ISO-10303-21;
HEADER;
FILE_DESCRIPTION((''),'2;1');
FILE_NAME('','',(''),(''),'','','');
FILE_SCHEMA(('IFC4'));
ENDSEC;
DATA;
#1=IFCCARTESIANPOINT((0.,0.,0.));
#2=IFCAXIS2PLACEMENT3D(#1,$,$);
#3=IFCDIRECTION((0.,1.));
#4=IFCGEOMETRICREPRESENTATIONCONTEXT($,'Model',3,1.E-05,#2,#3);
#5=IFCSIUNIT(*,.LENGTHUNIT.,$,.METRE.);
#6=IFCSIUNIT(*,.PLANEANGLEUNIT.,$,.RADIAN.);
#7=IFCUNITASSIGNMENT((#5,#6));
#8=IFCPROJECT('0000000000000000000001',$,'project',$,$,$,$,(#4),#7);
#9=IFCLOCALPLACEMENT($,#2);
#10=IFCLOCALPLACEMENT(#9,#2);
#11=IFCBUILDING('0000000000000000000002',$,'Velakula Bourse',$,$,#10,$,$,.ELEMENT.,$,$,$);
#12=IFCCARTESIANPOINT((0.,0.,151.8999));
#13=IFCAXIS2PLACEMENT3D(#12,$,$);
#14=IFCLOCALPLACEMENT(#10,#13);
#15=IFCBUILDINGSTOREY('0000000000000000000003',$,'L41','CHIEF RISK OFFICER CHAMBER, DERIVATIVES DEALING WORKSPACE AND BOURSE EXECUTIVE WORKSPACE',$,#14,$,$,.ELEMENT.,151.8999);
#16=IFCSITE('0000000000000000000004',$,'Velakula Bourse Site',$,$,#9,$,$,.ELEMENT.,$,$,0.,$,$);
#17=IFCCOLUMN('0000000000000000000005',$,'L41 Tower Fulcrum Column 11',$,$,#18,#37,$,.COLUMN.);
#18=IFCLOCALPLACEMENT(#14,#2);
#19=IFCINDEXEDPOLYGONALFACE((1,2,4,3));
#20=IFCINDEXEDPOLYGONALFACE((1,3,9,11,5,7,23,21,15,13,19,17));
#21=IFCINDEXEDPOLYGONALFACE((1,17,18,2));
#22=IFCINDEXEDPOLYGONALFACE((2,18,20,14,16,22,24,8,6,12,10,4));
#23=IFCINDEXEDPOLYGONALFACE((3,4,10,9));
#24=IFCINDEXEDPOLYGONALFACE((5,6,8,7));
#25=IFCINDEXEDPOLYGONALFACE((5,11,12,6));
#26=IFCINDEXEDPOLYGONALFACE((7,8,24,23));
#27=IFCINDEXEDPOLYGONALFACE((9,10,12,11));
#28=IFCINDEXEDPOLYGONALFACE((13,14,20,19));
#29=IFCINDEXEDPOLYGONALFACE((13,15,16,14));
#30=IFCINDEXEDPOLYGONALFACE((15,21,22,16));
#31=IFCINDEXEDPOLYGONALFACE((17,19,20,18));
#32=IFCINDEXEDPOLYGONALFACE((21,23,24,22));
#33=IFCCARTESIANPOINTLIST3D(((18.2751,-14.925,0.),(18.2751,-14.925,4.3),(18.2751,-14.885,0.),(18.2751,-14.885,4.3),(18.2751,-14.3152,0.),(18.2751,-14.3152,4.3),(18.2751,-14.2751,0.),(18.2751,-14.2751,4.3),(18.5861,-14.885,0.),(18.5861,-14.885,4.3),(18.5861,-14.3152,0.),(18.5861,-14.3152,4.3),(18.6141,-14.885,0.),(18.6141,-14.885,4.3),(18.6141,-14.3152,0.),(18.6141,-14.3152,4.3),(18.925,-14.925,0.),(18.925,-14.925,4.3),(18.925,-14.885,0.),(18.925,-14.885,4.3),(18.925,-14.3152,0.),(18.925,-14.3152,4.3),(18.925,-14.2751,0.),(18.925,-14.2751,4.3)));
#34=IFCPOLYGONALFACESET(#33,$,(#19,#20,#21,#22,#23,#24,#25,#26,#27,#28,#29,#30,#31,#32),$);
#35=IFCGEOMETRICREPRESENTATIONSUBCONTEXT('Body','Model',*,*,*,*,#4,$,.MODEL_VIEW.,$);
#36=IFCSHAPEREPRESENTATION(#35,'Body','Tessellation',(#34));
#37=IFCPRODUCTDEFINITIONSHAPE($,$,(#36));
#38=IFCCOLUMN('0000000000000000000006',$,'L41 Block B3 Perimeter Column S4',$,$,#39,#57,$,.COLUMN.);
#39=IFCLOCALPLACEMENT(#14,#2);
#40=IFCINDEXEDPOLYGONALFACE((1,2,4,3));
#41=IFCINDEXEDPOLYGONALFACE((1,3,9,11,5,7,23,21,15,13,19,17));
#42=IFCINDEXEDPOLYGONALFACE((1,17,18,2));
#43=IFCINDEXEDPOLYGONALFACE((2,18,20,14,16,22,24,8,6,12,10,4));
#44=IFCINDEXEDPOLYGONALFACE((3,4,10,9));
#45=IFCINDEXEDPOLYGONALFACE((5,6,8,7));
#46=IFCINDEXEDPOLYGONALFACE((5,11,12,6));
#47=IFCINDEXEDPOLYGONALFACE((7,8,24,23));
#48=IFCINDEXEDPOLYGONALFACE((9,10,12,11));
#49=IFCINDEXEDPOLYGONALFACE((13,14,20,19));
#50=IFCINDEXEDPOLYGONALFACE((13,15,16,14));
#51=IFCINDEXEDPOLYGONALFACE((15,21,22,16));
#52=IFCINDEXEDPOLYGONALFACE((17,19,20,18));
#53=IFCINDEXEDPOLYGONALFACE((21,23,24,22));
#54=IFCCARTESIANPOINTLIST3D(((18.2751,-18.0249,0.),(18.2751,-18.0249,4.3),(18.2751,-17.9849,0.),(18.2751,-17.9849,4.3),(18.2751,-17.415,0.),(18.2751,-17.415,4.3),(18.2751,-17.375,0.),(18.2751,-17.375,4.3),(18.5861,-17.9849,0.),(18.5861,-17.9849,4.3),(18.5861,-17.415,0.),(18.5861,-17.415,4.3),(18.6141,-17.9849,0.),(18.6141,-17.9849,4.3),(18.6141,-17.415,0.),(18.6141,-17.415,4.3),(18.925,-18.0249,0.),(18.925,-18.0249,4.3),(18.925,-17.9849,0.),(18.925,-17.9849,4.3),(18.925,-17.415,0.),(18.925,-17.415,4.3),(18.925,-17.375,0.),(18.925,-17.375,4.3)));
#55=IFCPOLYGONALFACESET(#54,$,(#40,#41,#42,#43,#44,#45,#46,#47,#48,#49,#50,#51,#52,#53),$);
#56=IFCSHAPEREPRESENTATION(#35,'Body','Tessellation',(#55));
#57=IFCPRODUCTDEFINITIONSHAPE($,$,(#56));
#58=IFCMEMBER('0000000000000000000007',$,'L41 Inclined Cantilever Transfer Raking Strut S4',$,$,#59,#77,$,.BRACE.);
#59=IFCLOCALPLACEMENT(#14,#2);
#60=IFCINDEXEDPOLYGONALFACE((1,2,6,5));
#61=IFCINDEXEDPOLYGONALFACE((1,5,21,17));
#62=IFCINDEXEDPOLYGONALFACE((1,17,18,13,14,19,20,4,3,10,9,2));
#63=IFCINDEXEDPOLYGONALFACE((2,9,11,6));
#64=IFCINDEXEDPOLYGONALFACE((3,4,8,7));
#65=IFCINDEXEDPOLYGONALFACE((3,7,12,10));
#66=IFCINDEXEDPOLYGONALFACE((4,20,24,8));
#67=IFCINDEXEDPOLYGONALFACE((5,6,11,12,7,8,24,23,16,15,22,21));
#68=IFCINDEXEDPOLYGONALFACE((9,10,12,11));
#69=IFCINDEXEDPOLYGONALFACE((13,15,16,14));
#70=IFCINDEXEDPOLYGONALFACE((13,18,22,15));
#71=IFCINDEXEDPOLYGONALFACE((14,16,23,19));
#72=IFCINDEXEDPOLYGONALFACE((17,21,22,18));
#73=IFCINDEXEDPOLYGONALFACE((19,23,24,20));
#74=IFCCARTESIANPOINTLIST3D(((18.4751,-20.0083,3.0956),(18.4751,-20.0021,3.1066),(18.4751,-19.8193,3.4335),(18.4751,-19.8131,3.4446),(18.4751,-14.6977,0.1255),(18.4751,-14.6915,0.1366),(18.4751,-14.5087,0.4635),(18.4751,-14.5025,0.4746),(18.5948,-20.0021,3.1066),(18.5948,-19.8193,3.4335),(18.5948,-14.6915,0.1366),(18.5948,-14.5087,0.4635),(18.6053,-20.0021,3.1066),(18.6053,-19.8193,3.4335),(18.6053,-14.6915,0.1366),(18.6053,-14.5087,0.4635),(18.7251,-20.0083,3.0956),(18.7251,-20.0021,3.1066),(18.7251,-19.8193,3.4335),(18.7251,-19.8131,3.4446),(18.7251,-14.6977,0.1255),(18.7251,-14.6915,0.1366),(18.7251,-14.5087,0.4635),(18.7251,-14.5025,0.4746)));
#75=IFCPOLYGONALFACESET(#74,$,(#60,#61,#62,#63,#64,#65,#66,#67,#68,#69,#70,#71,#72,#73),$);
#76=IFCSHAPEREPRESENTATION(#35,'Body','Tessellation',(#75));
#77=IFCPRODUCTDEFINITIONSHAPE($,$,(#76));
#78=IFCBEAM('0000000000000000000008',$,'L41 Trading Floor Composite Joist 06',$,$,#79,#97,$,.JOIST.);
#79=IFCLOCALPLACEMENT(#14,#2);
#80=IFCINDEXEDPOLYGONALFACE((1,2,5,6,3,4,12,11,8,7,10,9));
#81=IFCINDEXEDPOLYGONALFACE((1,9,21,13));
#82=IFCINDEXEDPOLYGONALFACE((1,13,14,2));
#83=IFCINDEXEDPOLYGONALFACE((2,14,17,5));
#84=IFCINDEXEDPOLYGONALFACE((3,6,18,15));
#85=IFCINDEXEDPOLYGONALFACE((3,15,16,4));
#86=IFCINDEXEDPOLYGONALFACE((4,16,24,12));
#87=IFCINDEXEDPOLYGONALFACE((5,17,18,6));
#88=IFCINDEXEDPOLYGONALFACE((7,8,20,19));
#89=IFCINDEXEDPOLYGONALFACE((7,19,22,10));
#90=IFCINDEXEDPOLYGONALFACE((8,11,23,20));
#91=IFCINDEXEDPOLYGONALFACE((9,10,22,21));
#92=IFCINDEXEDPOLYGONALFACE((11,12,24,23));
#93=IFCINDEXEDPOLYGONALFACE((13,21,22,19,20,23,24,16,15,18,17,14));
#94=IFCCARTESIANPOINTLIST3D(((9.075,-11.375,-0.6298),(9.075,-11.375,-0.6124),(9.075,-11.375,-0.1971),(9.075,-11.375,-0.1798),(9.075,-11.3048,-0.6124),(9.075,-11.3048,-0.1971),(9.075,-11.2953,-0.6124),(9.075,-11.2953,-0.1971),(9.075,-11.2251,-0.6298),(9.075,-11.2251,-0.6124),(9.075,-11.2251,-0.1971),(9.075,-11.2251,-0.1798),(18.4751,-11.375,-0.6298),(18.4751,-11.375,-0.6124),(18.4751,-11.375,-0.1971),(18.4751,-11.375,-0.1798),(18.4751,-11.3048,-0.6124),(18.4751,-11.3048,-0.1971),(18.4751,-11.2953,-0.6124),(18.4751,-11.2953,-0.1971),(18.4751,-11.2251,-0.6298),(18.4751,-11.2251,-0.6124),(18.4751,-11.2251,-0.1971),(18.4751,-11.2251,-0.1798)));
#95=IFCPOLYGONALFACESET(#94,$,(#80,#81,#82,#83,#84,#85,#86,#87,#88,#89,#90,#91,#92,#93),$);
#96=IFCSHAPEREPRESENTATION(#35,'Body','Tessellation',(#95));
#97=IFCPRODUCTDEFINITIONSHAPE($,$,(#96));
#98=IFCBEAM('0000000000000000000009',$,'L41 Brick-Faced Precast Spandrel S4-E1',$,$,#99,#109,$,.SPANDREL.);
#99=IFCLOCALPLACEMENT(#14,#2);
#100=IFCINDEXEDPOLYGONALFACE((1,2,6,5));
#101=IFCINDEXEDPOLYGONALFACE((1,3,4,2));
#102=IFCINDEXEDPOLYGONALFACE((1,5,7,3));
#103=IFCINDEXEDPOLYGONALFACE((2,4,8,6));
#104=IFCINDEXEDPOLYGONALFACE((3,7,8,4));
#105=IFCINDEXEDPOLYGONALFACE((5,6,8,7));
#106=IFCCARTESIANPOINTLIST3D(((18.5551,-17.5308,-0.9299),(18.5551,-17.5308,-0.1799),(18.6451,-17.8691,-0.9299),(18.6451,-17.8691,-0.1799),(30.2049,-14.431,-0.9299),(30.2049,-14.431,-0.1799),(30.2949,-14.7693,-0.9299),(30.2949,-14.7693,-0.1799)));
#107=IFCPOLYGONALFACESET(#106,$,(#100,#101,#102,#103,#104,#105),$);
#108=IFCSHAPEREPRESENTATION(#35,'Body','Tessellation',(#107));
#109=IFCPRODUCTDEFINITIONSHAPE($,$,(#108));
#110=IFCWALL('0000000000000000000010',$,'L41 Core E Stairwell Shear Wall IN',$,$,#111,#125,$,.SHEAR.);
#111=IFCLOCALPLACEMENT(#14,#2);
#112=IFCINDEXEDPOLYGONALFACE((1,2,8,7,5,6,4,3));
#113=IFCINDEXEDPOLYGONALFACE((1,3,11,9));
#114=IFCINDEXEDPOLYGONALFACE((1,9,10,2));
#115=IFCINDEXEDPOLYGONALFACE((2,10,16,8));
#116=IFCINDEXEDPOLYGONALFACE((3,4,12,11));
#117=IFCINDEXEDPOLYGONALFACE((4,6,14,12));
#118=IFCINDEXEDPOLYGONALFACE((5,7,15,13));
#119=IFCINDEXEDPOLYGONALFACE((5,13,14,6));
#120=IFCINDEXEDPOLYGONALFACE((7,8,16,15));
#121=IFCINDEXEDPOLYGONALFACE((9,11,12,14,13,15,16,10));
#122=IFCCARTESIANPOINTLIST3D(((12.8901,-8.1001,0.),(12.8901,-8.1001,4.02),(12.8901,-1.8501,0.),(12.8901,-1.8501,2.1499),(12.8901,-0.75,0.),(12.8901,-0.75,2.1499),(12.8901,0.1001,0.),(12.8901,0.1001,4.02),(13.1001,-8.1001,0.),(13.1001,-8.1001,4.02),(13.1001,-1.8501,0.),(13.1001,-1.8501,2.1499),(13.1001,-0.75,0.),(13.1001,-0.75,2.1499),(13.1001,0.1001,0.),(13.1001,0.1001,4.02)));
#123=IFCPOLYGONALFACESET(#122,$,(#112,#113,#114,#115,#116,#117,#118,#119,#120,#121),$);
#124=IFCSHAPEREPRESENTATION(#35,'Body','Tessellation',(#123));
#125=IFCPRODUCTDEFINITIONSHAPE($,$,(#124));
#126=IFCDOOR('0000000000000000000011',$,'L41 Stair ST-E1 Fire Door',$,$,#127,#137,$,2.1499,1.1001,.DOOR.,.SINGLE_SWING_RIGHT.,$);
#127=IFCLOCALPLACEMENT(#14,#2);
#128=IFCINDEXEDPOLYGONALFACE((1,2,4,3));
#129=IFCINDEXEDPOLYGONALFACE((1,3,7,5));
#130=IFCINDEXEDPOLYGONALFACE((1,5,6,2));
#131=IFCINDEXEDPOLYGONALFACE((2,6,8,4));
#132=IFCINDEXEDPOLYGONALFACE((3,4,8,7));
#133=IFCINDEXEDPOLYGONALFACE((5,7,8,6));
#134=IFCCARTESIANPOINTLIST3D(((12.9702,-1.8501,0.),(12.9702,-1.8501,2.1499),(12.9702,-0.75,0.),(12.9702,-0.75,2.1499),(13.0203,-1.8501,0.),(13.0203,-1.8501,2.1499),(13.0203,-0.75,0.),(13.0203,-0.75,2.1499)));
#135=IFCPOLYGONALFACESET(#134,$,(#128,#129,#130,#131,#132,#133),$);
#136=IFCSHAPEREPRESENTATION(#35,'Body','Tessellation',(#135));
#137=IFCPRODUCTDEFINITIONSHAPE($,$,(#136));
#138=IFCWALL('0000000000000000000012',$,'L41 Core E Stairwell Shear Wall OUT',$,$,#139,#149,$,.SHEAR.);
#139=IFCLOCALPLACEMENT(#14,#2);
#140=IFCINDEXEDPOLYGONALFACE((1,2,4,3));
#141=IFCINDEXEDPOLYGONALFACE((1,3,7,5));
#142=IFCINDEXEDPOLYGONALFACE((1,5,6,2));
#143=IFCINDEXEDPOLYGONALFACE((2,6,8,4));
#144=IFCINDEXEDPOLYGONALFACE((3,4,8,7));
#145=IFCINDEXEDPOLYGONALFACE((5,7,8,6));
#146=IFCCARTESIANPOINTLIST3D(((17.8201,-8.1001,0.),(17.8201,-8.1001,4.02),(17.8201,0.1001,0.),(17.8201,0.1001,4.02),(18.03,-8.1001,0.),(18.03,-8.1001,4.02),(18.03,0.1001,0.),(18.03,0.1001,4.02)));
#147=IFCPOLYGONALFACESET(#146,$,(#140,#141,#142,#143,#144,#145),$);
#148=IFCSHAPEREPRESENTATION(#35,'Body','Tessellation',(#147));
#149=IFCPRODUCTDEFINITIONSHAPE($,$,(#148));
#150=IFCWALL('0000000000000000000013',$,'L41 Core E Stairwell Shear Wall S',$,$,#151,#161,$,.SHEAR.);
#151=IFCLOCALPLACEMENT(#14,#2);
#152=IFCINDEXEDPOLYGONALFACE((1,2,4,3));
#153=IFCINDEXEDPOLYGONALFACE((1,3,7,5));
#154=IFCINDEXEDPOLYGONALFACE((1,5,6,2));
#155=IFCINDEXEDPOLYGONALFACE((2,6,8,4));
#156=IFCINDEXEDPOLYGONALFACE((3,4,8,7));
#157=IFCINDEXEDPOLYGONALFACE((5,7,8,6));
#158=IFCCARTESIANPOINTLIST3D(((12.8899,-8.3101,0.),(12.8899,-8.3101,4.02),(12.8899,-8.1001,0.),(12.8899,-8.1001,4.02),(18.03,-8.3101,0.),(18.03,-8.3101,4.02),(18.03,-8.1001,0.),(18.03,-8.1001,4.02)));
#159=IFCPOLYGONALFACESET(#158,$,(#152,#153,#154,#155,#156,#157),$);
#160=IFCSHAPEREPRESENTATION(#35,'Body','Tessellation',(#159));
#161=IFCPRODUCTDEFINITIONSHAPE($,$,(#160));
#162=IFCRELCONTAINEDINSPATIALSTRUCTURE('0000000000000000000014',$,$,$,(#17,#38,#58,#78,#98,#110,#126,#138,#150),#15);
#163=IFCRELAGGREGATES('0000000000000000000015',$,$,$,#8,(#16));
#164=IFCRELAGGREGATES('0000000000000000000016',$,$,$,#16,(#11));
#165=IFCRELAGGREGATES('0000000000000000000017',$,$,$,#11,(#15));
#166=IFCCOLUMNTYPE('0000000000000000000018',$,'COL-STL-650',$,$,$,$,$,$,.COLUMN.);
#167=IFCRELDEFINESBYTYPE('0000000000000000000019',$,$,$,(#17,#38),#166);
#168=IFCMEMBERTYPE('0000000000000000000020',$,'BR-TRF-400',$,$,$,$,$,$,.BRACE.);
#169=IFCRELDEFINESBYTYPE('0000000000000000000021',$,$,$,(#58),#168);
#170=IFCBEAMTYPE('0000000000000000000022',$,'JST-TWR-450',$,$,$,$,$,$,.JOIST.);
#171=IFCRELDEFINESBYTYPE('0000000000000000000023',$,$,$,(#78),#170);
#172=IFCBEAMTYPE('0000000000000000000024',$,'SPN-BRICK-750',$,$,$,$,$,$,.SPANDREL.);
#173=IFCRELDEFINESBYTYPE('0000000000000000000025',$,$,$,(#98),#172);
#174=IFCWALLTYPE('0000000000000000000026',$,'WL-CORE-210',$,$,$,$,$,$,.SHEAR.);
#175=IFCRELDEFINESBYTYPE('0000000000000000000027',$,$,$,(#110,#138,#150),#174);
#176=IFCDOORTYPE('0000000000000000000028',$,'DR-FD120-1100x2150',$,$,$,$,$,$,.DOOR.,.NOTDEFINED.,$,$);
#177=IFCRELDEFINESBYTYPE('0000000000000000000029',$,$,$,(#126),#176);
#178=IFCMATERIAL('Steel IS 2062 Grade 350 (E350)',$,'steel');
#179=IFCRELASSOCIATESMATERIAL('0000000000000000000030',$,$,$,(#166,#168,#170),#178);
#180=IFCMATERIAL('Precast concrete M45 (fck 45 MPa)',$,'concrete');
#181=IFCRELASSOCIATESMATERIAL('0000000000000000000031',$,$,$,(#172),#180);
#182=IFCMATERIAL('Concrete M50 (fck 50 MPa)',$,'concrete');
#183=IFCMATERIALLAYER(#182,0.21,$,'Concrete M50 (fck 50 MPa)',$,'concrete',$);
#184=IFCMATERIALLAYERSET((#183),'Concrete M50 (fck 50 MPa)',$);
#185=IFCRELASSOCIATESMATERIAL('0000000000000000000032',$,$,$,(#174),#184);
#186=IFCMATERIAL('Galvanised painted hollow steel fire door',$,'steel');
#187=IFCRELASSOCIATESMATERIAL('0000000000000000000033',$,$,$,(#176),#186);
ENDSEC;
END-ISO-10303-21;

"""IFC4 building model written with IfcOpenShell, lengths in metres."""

from ifc_helpers import new_model, si_unit, direction, frame, frame_2d, origin, origin_2d, place, context, subcontext, project, spatial, rectangle, i_section, extrude, material, layer, layer_set, material_profile, profile_set, type_object, element, fill, save


model = new_model("IFC4")

# Units and contexts
model_context = context("Model", 3, precision=1e-05, world=origin(), true_north=direction((0.0, 1.0)))
body_context = subcontext(model_context, "Body", "Model", "MODEL_VIEW")
ifc_project = project(units=[si_unit("LENGTHUNIT", "METRE"), si_unit("PLANEANGLEUNIT", "RADIAN")], contexts=[model_context])

# Site, building, storey
site_placement = place(None, origin())
site = spatial("IfcSite", under=ifc_project, at=site_placement, Name="Velakula Bourse Site", CompositionType="ELEMENT", RefElevation=0.0)
building_placement = place(site_placement, origin())
building = spatial("IfcBuilding", under=site, at=building_placement, Name="Velakula Bourse", CompositionType="ELEMENT")
storey_placement = place(building_placement, frame((0.0, 0.0, 151.8999)))
storey = spatial("IfcBuildingStorey", under=building, at=storey_placement, Name="L41", Description="CHIEF RISK OFFICER CHAMBER, DERIVATIVES DEALING WORKSPACE AND BOURSE EXECUTIVE WORKSPACE", CompositionType="ELEMENT", Elevation=151.8999)

# Columns
ifc_material_1 = material(Name="Steel IS 2062 Grade 350 (E350)", Category="steel")
ifc_material_profile_1 = material_profile(ifc_material_1, i_section(OverallWidth=0.6499, OverallDepth=0.6499, WebThickness=0.0281, FlangeThickness=0.04, at=origin_2d()), Name="Steel IS 2062 Grade 350 (E350)")
ifc_profile_set_1 = profile_set([ifc_material_profile_1], Name="Steel IS 2062 Grade 350 (E350)")
column_type = type_object("IfcColumnType", Name="COL-STL-650", PredefinedType="COLUMN", material=ifc_profile_set_1)
for number, where, z_axis, x_axis, name in (
    (1, (18.6001, -14.6001, 0.0), (0.0, 0.0, 1.0), (1.0, 0.0, 0.0), "L41 Tower Fulcrum Column 11"),
    (2, (18.6001, -17.7, 0.0), (0.0, 0.0, 1.0), (1.0, 0.0, 0.0), "L41 Block B3 Perimeter Column S4"),
):
    element("IfcColumn", number, at=place(storey_placement, frame(where, z_axis=z_axis, x_axis=x_axis)), inside=storey, type_object=column_type, Name=name, PredefinedType="COLUMN", context=body_context, shape_type="SweptSolid", body=[
        extrude(i_section(OverallWidth=0.6499, OverallDepth=0.6499, WebThickness=0.0281, FlangeThickness=0.04, at=origin_2d()), origin(), (0.0, 0.0, 1.0), 4.3),
    ])

# Member
ifc_material_profile_2 = material_profile(ifc_material_1, i_section(OverallWidth=0.25, OverallDepth=0.3999, WebThickness=0.0105, FlangeThickness=0.0127, at=origin_2d()), Name="Steel IS 2062 Grade 350 (E350)")
ifc_profile_set_2 = profile_set([ifc_material_profile_2], Name="Steel IS 2062 Grade 350 (E350)")
member_type = type_object("IfcMemberType", Name="BR-TRF-400", PredefinedType="BRACE", material=ifc_profile_set_2)
member_placement = place(storey_placement, frame((18.6001, -14.6001, 0.3), z_axis=(0.0, -0.872782, 0.488111), x_axis=(1.0, 0.0, 0.0)))
element("IfcMember", 3, at=member_placement, inside=storey, type_object=member_type, Name="L41 Inclined Cantilever Transfer Raking Strut S4", PredefinedType="BRACE", context=body_context, shape_type="SweptSolid", body=[
    extrude(i_section(OverallWidth=0.25, OverallDepth=0.3999, WebThickness=0.0105, FlangeThickness=0.0127, at=origin_2d()), origin(), (0.0, 0.0, 1.0), 6.0847),
])

# Beams
ifc_material_profile_3 = material_profile(ifc_material_1, i_section(OverallWidth=0.1499, OverallDepth=0.45, WebThickness=0.0095, FlangeThickness=0.0173, at=origin_2d()), Name="Steel IS 2062 Grade 350 (E350)")
ifc_profile_set_3 = profile_set([ifc_material_profile_3], Name="Steel IS 2062 Grade 350 (E350)")
beam_type_1 = type_object("IfcBeamType", Name="JST-TWR-450", PredefinedType="JOIST", material=ifc_profile_set_3)
beam_1_placement = place(storey_placement, frame((9.075, -11.3, -0.4048), z_axis=(1.0, 0.0, 0.0), x_axis=(0.0, 1.0, 0.0)))
element("IfcBeam", 4, at=beam_1_placement, inside=storey, type_object=beam_type_1, Name="L41 Trading Floor Composite Joist 06", PredefinedType="JOIST", context=body_context, shape_type="SweptSolid", body=[
    extrude(i_section(OverallWidth=0.1499, OverallDepth=0.45, WebThickness=0.0095, FlangeThickness=0.0173, at=origin_2d()), origin(), (0.0, 0.0, 1.0), 9.4001),
])
ifc_material_2 = material(Name="Precast concrete M45 (fck 45 MPa)", Category="concrete")
ifc_material_profile_4 = material_profile(ifc_material_2, rectangle(XDim=0.3501, YDim=0.75, at=origin_2d()), Name="Precast concrete M45 (fck 45 MPa)")
ifc_profile_set_4 = profile_set([ifc_material_profile_4], Name="Precast concrete M45 (fck 45 MPa)")
beam_type_2 = type_object("IfcBeamType", Name="SPN-BRICK-750", PredefinedType="SPANDREL", material=ifc_profile_set_4)
beam_2_placement = place(storey_placement, frame((18.6001, -17.7, -0.5549), z_axis=(0.966375, 0.257137, 0.0), x_axis=(-0.257137, 0.966375, 0.0)))
element("IfcBeam", 5, at=beam_2_placement, inside=storey, type_object=beam_type_2, Name="L41 Brick-Faced Precast Spandrel S4-E1", PredefinedType="SPANDREL", context=body_context, shape_type="SweptSolid", body=[
    extrude(rectangle(XDim=0.3501, YDim=0.75, at=origin_2d()), origin(), (0.0, 0.0, 1.0), 12.0552),
])

# Wall, opening, door
ifc_material_3 = material(Name="Concrete M50 (fck 50 MPa)", Category="concrete")
ifc_layer_1 = layer(ifc_material_3, 0.21, Name="Concrete M50 (fck 50 MPa)", Category="concrete")
ifc_layer_set_1 = layer_set([ifc_layer_1], Name="Concrete M50 (fck 50 MPa)")
wall_type_1 = type_object("IfcWallType", Name="WL-CORE-210", PredefinedType="SHEAR", material=ifc_layer_set_1)
wall_1_placement = place(storey_placement, frame((12.9951, -8.1001, 0.0), z_axis=(0.0, 0.0, 1.0), x_axis=(0.0, 1.0, 0.0)))
wall_1 = element("IfcWall", 6, at=wall_1_placement, inside=storey, type_object=wall_type_1, Name="L41 Core E Stairwell Shear Wall IN", PredefinedType="SHEAR", context=body_context, shape_type="SweptSolid", body=[
    extrude(rectangle(XDim=8.2002, YDim=0.21, at=frame_2d((4.1001, 0.0))), origin(), (0.0, 0.0, 1.0), 4.02),
])
opening_1_placement = place(wall_1_placement, frame((6.25, 0.0, 0.0)))
opening_1 = element("IfcOpeningElement", 7, at=opening_1_placement, cuts=wall_1, PredefinedType="OPENING", context=body_context, shape_type="SweptSolid", body=[
    extrude(rectangle(XDim=1.1001, YDim=2.1499, at=frame_2d((0.55, 1.075))), frame((0.0, 0.115, 0.0), z_axis=(0.0, -1.0, 0.0), x_axis=(1.0, 0.0, 0.0)), (0.0, 0.0, 1.0), 0.23),
])
ifc_material_4 = material(Name="Galvanised painted hollow steel fire door", Category="steel")
door_type_1 = type_object("IfcDoorType", Name="DR-FD120-1100x2150", OperationType="NOTDEFINED", PredefinedType="DOOR", material=ifc_material_4)
door_1_placement = place(opening_1_placement, origin())
door_1 = element("IfcDoor", 8, at=door_1_placement, inside=storey, type_object=door_type_1, Name="L41 Stair ST-E1 Fire Door", OperationType="SINGLE_SWING_RIGHT", OverallHeight=2.1499, OverallWidth=1.1001, PredefinedType="DOOR", context=body_context, shape_type="SweptSolid", body=[
    extrude(rectangle(XDim=1.1001, YDim=2.1499, at=frame_2d((0.55, 1.075))), frame((0.0, 0.0249, 0.0), z_axis=(0.0, -1.0, 0.0), x_axis=(1.0, 0.0, 0.0)), (0.0, 0.0, 1.0), 0.05),
])
fill(opening_1, door_1)

# Walls
wall_2_placement = place(storey_placement, frame((17.925, -8.1001, 0.0), z_axis=(0.0, 0.0, 1.0), x_axis=(0.0, 1.0, 0.0)))
element("IfcWall", 9, at=wall_2_placement, inside=storey, type_object=wall_type_1, Name="L41 Core E Stairwell Shear Wall OUT", PredefinedType="SHEAR", context=body_context, shape_type="SweptSolid", body=[
    extrude(rectangle(XDim=8.2002, YDim=0.21, at=frame_2d((4.1001, 0.0))), origin(), (0.0, 0.0, 1.0), 4.02),
])
wall_3_placement = place(storey_placement, frame((12.8899, -8.2051, 0.0), z_axis=(0.0, 0.0, 1.0), x_axis=(1.0, 0.0, 0.0)))
element("IfcWall", 10, at=wall_3_placement, inside=storey, type_object=wall_type_1, Name="L41 Core E Stairwell Shear Wall S", PredefinedType="SHEAR", context=body_context, shape_type="SweptSolid", body=[
    extrude(rectangle(XDim=5.1401, YDim=0.21, at=frame_2d((2.5701, 0.0))), origin(), (0.0, 0.0, 1.0), 4.02),
])

save(model, "model.ifc")
